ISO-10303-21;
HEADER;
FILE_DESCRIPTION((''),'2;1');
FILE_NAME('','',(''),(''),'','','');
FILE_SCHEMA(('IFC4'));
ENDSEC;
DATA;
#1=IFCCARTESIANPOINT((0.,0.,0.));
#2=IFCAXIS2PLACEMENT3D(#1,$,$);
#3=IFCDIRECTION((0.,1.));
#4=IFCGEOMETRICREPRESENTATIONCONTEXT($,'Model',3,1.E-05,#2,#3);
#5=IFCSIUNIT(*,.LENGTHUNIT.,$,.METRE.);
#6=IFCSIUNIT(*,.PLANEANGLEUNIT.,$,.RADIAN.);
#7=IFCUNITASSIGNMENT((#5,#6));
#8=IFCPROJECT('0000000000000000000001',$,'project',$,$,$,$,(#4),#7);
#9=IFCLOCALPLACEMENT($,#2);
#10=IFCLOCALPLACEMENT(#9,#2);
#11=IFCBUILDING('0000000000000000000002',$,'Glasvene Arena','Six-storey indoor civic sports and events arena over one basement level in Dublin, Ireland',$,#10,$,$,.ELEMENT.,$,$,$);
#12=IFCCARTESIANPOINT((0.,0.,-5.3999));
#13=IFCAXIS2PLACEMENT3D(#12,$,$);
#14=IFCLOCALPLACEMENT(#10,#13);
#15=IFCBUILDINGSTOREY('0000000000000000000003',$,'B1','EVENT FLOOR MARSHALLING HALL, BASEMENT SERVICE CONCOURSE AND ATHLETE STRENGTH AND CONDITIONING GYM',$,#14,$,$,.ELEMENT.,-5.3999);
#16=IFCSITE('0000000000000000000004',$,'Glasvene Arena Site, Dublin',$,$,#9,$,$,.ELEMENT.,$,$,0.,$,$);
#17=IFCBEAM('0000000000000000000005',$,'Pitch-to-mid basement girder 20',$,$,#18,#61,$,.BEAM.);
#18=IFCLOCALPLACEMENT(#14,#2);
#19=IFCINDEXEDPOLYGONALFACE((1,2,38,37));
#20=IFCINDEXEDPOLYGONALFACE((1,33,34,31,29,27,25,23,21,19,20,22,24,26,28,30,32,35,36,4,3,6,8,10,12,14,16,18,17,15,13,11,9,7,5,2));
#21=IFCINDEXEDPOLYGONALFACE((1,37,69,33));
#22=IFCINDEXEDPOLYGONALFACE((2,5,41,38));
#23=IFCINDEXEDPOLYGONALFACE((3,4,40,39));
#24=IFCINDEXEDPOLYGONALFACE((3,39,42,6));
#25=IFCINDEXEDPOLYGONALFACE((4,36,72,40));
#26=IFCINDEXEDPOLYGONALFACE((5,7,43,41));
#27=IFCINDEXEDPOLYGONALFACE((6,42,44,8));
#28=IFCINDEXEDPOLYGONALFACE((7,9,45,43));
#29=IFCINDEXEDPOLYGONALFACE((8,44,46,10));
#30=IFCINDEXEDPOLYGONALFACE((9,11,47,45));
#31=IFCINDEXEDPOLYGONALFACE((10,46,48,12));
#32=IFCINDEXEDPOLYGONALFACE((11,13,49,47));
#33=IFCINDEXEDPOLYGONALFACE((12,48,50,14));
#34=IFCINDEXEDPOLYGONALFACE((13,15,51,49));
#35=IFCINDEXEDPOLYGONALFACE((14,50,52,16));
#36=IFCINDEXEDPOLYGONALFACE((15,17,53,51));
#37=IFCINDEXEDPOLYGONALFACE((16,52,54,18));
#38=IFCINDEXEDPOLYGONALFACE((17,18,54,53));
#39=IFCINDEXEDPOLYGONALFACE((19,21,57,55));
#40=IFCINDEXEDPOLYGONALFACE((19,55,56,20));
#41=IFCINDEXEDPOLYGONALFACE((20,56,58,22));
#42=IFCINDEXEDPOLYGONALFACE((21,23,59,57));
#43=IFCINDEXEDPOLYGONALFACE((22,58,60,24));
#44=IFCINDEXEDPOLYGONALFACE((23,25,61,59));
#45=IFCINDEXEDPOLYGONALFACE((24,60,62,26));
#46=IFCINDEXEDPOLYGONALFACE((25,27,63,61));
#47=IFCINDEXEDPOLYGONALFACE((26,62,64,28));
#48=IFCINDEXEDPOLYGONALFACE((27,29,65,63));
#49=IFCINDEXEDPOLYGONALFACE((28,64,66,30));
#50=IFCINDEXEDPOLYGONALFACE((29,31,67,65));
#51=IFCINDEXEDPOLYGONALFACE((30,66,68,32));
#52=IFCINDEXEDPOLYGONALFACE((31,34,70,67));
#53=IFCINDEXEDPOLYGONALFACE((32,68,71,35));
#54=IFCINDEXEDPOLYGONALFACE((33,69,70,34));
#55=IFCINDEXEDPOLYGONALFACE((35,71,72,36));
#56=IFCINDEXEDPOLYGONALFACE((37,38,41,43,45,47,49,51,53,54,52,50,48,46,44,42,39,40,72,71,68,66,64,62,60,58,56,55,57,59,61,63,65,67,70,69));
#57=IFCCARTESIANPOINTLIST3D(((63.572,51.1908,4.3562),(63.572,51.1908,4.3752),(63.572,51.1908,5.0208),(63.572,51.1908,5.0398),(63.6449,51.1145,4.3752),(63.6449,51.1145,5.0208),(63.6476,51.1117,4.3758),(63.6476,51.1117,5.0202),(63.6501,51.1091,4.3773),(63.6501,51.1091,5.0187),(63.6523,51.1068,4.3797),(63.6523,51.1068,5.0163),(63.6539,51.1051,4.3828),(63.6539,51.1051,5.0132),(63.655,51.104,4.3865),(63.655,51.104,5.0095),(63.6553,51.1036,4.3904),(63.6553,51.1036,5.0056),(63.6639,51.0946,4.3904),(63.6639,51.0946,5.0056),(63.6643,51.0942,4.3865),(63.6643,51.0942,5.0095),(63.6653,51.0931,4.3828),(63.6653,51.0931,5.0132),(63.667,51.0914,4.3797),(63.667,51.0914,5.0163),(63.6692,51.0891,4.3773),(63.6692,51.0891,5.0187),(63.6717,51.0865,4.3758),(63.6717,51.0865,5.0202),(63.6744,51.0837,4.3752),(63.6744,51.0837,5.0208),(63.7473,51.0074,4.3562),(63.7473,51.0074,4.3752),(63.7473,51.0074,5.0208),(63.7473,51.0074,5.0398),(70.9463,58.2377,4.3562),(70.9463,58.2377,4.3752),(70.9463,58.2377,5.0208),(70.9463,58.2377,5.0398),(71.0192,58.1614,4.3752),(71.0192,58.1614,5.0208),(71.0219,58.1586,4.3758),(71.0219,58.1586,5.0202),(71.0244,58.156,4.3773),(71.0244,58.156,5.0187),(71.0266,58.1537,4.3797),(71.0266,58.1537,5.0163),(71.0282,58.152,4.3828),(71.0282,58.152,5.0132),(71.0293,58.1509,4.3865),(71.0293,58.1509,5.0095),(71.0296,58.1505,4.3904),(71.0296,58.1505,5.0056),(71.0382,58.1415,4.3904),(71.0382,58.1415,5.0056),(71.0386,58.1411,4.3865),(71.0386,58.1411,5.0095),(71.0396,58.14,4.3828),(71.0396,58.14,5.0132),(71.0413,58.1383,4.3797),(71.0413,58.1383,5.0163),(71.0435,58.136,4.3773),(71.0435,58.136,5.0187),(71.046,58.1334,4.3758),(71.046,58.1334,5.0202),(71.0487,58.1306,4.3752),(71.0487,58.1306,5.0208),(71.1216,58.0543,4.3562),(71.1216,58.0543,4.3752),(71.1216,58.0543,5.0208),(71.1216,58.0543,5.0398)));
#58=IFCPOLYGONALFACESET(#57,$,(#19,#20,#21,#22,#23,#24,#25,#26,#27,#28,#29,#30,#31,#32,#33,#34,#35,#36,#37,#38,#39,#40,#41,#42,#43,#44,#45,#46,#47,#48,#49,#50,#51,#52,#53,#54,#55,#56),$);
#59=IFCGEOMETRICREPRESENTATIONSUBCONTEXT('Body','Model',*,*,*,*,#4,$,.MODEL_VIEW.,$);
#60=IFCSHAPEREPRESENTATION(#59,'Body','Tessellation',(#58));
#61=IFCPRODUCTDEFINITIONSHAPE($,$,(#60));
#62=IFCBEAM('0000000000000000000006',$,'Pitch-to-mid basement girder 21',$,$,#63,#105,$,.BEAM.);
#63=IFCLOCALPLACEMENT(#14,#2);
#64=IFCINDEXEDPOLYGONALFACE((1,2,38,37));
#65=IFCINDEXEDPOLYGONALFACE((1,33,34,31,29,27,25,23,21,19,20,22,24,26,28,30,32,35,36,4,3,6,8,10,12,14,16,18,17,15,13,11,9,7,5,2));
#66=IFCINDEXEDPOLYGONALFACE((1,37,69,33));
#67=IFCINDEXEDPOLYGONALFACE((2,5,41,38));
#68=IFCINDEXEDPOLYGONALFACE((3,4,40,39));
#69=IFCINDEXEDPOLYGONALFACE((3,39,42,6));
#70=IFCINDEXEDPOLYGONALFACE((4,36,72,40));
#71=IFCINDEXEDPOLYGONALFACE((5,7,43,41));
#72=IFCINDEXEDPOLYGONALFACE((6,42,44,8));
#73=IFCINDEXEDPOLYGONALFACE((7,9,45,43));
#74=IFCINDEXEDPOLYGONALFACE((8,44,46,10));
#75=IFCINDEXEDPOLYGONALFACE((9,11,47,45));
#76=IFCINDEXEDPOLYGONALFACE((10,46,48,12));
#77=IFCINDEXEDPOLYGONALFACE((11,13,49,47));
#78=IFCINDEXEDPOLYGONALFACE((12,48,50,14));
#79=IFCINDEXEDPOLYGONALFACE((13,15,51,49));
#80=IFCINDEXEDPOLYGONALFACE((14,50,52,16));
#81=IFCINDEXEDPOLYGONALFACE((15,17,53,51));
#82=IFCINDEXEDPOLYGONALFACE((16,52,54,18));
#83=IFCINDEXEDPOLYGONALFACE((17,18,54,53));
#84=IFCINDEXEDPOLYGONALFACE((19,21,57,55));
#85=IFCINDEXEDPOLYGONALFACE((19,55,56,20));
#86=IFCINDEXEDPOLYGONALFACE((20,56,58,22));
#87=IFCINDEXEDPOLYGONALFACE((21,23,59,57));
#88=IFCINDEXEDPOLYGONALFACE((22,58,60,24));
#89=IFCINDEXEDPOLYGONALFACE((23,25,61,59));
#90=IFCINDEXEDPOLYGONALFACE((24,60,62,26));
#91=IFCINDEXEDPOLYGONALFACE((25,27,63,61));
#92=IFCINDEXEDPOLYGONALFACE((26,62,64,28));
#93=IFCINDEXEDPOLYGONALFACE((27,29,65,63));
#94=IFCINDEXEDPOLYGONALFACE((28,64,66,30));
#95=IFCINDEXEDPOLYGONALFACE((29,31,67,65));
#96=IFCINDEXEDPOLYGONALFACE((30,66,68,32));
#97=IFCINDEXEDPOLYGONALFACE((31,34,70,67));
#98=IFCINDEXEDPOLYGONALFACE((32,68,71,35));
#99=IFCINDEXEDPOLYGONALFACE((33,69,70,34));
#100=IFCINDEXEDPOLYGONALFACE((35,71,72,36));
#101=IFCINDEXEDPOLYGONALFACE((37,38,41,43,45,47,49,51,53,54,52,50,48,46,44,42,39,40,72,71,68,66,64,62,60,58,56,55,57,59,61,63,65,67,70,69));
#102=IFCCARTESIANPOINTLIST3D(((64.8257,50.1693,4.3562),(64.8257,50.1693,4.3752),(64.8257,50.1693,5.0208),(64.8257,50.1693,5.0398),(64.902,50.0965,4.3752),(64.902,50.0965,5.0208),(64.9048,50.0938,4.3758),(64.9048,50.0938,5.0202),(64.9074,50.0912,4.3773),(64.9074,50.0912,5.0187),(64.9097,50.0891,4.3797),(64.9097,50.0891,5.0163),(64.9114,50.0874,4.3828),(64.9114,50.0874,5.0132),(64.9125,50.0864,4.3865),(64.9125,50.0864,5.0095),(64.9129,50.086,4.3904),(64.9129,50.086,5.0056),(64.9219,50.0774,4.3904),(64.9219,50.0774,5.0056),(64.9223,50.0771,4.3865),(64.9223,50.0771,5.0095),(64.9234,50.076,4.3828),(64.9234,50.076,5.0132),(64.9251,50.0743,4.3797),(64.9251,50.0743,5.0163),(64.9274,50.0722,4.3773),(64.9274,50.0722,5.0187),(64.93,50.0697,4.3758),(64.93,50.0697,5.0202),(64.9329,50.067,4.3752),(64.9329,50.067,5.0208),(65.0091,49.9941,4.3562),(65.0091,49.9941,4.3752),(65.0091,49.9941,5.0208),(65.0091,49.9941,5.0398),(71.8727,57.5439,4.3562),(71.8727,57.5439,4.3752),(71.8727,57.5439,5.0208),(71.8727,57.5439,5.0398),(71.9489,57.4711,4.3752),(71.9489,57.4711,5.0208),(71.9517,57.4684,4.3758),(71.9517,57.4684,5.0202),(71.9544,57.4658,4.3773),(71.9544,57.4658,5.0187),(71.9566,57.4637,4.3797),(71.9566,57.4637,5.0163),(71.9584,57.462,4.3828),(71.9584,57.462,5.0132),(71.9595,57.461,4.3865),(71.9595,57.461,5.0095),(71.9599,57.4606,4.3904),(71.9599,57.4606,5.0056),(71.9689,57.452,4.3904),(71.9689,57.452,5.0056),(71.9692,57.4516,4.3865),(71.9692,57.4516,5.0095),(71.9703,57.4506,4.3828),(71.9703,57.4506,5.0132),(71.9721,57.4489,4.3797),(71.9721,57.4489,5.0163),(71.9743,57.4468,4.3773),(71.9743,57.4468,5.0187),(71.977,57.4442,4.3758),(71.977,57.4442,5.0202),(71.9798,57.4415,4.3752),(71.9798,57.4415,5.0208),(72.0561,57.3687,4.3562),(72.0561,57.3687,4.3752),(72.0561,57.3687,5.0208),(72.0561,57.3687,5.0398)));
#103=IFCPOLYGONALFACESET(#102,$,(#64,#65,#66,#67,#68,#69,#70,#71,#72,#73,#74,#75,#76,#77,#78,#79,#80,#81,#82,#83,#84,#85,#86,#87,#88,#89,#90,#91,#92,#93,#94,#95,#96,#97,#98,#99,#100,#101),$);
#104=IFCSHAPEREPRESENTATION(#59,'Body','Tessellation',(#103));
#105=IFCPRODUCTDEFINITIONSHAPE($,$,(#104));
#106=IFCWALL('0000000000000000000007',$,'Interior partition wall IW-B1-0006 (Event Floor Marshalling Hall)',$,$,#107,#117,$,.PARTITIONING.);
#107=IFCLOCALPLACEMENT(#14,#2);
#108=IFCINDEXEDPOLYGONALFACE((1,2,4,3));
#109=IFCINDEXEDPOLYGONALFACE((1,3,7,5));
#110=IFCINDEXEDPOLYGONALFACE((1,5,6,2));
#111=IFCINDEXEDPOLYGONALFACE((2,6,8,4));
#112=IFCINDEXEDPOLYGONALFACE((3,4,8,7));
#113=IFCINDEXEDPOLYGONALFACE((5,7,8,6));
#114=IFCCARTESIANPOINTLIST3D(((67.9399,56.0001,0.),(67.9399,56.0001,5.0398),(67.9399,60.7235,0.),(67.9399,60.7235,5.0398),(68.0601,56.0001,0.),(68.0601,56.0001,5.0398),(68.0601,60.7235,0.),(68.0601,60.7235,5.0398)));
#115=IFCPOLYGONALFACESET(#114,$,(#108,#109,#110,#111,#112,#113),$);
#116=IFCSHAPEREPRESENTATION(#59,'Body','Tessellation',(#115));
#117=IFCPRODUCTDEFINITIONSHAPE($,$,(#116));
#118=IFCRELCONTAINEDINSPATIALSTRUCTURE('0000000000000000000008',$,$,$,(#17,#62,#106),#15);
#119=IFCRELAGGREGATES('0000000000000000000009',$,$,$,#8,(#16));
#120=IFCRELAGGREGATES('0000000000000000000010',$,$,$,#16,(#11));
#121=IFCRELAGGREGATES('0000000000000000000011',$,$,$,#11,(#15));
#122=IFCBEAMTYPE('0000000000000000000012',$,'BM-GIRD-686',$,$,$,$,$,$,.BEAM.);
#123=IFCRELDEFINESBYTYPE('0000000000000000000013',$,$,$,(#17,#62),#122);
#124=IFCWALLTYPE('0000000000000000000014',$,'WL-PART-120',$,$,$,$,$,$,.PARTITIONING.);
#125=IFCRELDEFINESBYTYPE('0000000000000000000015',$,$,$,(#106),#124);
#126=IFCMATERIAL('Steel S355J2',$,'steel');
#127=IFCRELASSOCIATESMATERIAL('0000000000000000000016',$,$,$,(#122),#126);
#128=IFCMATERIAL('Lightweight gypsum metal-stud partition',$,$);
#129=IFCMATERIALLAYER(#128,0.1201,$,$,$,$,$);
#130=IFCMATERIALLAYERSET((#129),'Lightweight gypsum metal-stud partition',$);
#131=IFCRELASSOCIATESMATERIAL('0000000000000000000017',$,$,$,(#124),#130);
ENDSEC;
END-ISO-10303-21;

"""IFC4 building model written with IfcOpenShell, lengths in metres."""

from ifc_helpers import new_model, si_unit, direction, frame, frame_2d, origin, origin_2d, place, context, subcontext, project, spatial, rectangle, i_section, extrude, material, layer, layer_set, material_profile, profile_set, type_object, element, save


model = new_model("IFC4")

# Units and contexts
model_context = context("Model", 3, precision=1e-05, world=origin(), true_north=direction((0.0, 1.0)))
body_context = subcontext(model_context, "Body", "Model", "MODEL_VIEW")
ifc_project = project(units=[si_unit("LENGTHUNIT", "METRE"), si_unit("PLANEANGLEUNIT", "RADIAN")], contexts=[model_context])

# Site, building, storey
site_placement = place(None, origin())
site = spatial("IfcSite", under=ifc_project, at=site_placement, Name="Glasvene Arena Site, Dublin", CompositionType="ELEMENT", RefElevation=0.0)
building_placement = place(site_placement, origin())
building = spatial("IfcBuilding", under=site, at=building_placement, Name="Glasvene Arena", Description="Six-storey indoor civic sports and events arena over one basement level in Dublin, Ireland", CompositionType="ELEMENT")
storey_placement = place(building_placement, frame((0.0, 0.0, -5.3999)))
storey = spatial("IfcBuildingStorey", under=building, at=storey_placement, Name="B1", Description="EVENT FLOOR MARSHALLING HALL, BASEMENT SERVICE CONCOURSE AND ATHLETE STRENGTH AND CONDITIONING GYM", CompositionType="ELEMENT", Elevation=-5.3999)

# Beams
ifc_material_1 = material(Name="Steel S355J2", Category="steel")
ifc_material_profile_1 = material_profile(ifc_material_1, i_section(OverallWidth=0.2537, OverallDepth=0.6836, WebThickness=0.0125, FlangeThickness=0.019, FilletRadius=0.0151, at=origin_2d()), Name="UKB 686x254x140")
ifc_profile_set_1 = profile_set([ifc_material_profile_1], Name="Steel S355J2")
beam_type = type_object("IfcBeamType", Name="BM-GIRD-686", PredefinedType="BEAM", material=ifc_profile_set_1)
beam_1_placement = place(storey_placement, frame((71.0339, 58.146, 4.698), z_axis=(-0.722973, -0.690876, 0.0), x_axis=(0.690876, -0.722973, 0.0)))
element("IfcBeam", 1, at=beam_1_placement, inside=storey, type_object=beam_type, Name="Pitch-to-mid basement girder 20", PredefinedType="BEAM", context=body_context, shape_type="SweptSolid", body=[
    extrude(i_section(OverallWidth=0.2537, OverallDepth=0.6836, WebThickness=0.0125, FlangeThickness=0.019, FilletRadius=0.0151, at=origin_2d()), origin(), (0.0, 0.0, 1.0), 10.2),
])
beam_2_placement = place(storey_placement, frame((71.9644, 57.4563, 4.698), z_axis=(-0.690864, -0.722985, 0.0), x_axis=(0.722985, -0.690864, 0.0)))
element("IfcBeam", 2, at=beam_2_placement, inside=storey, type_object=beam_type, Name="Pitch-to-mid basement girder 21", PredefinedType="BEAM", context=body_context, shape_type="SweptSolid", body=[
    extrude(i_section(OverallWidth=0.2537, OverallDepth=0.6836, WebThickness=0.0125, FlangeThickness=0.019, FilletRadius=0.0151, at=origin_2d()), origin(), (0.0, 0.0, 1.0), 10.2002),
])

# Wall
ifc_material_2 = material(Name="Lightweight gypsum metal-stud partition")
ifc_layer = layer(ifc_material_2, 0.1201)
ifc_layer_set = layer_set([ifc_layer], Name="Lightweight gypsum metal-stud partition")
wall_type = type_object("IfcWallType", Name="WL-PART-120", PredefinedType="PARTITIONING", material=ifc_layer_set)
wall_placement = place(storey_placement, frame((68.0, 56.0, 0.0), z_axis=(0.0, 0.0, 1.0), x_axis=(0.0, 1.0, 0.0)))
element("IfcWall", 3, at=wall_placement, inside=storey, type_object=wall_type, Name="Interior partition wall IW-B1-0006 (Event Floor Marshalling Hall)", PredefinedType="PARTITIONING", context=body_context, shape_type="SweptSolid", body=[
    extrude(rectangle(XDim=4.7234, YDim=0.1201, at=frame_2d((2.3618, 0.0))), origin(), (0.0, 0.0, 1.0), 5.0398),
])

save(model, "model.ifc")
